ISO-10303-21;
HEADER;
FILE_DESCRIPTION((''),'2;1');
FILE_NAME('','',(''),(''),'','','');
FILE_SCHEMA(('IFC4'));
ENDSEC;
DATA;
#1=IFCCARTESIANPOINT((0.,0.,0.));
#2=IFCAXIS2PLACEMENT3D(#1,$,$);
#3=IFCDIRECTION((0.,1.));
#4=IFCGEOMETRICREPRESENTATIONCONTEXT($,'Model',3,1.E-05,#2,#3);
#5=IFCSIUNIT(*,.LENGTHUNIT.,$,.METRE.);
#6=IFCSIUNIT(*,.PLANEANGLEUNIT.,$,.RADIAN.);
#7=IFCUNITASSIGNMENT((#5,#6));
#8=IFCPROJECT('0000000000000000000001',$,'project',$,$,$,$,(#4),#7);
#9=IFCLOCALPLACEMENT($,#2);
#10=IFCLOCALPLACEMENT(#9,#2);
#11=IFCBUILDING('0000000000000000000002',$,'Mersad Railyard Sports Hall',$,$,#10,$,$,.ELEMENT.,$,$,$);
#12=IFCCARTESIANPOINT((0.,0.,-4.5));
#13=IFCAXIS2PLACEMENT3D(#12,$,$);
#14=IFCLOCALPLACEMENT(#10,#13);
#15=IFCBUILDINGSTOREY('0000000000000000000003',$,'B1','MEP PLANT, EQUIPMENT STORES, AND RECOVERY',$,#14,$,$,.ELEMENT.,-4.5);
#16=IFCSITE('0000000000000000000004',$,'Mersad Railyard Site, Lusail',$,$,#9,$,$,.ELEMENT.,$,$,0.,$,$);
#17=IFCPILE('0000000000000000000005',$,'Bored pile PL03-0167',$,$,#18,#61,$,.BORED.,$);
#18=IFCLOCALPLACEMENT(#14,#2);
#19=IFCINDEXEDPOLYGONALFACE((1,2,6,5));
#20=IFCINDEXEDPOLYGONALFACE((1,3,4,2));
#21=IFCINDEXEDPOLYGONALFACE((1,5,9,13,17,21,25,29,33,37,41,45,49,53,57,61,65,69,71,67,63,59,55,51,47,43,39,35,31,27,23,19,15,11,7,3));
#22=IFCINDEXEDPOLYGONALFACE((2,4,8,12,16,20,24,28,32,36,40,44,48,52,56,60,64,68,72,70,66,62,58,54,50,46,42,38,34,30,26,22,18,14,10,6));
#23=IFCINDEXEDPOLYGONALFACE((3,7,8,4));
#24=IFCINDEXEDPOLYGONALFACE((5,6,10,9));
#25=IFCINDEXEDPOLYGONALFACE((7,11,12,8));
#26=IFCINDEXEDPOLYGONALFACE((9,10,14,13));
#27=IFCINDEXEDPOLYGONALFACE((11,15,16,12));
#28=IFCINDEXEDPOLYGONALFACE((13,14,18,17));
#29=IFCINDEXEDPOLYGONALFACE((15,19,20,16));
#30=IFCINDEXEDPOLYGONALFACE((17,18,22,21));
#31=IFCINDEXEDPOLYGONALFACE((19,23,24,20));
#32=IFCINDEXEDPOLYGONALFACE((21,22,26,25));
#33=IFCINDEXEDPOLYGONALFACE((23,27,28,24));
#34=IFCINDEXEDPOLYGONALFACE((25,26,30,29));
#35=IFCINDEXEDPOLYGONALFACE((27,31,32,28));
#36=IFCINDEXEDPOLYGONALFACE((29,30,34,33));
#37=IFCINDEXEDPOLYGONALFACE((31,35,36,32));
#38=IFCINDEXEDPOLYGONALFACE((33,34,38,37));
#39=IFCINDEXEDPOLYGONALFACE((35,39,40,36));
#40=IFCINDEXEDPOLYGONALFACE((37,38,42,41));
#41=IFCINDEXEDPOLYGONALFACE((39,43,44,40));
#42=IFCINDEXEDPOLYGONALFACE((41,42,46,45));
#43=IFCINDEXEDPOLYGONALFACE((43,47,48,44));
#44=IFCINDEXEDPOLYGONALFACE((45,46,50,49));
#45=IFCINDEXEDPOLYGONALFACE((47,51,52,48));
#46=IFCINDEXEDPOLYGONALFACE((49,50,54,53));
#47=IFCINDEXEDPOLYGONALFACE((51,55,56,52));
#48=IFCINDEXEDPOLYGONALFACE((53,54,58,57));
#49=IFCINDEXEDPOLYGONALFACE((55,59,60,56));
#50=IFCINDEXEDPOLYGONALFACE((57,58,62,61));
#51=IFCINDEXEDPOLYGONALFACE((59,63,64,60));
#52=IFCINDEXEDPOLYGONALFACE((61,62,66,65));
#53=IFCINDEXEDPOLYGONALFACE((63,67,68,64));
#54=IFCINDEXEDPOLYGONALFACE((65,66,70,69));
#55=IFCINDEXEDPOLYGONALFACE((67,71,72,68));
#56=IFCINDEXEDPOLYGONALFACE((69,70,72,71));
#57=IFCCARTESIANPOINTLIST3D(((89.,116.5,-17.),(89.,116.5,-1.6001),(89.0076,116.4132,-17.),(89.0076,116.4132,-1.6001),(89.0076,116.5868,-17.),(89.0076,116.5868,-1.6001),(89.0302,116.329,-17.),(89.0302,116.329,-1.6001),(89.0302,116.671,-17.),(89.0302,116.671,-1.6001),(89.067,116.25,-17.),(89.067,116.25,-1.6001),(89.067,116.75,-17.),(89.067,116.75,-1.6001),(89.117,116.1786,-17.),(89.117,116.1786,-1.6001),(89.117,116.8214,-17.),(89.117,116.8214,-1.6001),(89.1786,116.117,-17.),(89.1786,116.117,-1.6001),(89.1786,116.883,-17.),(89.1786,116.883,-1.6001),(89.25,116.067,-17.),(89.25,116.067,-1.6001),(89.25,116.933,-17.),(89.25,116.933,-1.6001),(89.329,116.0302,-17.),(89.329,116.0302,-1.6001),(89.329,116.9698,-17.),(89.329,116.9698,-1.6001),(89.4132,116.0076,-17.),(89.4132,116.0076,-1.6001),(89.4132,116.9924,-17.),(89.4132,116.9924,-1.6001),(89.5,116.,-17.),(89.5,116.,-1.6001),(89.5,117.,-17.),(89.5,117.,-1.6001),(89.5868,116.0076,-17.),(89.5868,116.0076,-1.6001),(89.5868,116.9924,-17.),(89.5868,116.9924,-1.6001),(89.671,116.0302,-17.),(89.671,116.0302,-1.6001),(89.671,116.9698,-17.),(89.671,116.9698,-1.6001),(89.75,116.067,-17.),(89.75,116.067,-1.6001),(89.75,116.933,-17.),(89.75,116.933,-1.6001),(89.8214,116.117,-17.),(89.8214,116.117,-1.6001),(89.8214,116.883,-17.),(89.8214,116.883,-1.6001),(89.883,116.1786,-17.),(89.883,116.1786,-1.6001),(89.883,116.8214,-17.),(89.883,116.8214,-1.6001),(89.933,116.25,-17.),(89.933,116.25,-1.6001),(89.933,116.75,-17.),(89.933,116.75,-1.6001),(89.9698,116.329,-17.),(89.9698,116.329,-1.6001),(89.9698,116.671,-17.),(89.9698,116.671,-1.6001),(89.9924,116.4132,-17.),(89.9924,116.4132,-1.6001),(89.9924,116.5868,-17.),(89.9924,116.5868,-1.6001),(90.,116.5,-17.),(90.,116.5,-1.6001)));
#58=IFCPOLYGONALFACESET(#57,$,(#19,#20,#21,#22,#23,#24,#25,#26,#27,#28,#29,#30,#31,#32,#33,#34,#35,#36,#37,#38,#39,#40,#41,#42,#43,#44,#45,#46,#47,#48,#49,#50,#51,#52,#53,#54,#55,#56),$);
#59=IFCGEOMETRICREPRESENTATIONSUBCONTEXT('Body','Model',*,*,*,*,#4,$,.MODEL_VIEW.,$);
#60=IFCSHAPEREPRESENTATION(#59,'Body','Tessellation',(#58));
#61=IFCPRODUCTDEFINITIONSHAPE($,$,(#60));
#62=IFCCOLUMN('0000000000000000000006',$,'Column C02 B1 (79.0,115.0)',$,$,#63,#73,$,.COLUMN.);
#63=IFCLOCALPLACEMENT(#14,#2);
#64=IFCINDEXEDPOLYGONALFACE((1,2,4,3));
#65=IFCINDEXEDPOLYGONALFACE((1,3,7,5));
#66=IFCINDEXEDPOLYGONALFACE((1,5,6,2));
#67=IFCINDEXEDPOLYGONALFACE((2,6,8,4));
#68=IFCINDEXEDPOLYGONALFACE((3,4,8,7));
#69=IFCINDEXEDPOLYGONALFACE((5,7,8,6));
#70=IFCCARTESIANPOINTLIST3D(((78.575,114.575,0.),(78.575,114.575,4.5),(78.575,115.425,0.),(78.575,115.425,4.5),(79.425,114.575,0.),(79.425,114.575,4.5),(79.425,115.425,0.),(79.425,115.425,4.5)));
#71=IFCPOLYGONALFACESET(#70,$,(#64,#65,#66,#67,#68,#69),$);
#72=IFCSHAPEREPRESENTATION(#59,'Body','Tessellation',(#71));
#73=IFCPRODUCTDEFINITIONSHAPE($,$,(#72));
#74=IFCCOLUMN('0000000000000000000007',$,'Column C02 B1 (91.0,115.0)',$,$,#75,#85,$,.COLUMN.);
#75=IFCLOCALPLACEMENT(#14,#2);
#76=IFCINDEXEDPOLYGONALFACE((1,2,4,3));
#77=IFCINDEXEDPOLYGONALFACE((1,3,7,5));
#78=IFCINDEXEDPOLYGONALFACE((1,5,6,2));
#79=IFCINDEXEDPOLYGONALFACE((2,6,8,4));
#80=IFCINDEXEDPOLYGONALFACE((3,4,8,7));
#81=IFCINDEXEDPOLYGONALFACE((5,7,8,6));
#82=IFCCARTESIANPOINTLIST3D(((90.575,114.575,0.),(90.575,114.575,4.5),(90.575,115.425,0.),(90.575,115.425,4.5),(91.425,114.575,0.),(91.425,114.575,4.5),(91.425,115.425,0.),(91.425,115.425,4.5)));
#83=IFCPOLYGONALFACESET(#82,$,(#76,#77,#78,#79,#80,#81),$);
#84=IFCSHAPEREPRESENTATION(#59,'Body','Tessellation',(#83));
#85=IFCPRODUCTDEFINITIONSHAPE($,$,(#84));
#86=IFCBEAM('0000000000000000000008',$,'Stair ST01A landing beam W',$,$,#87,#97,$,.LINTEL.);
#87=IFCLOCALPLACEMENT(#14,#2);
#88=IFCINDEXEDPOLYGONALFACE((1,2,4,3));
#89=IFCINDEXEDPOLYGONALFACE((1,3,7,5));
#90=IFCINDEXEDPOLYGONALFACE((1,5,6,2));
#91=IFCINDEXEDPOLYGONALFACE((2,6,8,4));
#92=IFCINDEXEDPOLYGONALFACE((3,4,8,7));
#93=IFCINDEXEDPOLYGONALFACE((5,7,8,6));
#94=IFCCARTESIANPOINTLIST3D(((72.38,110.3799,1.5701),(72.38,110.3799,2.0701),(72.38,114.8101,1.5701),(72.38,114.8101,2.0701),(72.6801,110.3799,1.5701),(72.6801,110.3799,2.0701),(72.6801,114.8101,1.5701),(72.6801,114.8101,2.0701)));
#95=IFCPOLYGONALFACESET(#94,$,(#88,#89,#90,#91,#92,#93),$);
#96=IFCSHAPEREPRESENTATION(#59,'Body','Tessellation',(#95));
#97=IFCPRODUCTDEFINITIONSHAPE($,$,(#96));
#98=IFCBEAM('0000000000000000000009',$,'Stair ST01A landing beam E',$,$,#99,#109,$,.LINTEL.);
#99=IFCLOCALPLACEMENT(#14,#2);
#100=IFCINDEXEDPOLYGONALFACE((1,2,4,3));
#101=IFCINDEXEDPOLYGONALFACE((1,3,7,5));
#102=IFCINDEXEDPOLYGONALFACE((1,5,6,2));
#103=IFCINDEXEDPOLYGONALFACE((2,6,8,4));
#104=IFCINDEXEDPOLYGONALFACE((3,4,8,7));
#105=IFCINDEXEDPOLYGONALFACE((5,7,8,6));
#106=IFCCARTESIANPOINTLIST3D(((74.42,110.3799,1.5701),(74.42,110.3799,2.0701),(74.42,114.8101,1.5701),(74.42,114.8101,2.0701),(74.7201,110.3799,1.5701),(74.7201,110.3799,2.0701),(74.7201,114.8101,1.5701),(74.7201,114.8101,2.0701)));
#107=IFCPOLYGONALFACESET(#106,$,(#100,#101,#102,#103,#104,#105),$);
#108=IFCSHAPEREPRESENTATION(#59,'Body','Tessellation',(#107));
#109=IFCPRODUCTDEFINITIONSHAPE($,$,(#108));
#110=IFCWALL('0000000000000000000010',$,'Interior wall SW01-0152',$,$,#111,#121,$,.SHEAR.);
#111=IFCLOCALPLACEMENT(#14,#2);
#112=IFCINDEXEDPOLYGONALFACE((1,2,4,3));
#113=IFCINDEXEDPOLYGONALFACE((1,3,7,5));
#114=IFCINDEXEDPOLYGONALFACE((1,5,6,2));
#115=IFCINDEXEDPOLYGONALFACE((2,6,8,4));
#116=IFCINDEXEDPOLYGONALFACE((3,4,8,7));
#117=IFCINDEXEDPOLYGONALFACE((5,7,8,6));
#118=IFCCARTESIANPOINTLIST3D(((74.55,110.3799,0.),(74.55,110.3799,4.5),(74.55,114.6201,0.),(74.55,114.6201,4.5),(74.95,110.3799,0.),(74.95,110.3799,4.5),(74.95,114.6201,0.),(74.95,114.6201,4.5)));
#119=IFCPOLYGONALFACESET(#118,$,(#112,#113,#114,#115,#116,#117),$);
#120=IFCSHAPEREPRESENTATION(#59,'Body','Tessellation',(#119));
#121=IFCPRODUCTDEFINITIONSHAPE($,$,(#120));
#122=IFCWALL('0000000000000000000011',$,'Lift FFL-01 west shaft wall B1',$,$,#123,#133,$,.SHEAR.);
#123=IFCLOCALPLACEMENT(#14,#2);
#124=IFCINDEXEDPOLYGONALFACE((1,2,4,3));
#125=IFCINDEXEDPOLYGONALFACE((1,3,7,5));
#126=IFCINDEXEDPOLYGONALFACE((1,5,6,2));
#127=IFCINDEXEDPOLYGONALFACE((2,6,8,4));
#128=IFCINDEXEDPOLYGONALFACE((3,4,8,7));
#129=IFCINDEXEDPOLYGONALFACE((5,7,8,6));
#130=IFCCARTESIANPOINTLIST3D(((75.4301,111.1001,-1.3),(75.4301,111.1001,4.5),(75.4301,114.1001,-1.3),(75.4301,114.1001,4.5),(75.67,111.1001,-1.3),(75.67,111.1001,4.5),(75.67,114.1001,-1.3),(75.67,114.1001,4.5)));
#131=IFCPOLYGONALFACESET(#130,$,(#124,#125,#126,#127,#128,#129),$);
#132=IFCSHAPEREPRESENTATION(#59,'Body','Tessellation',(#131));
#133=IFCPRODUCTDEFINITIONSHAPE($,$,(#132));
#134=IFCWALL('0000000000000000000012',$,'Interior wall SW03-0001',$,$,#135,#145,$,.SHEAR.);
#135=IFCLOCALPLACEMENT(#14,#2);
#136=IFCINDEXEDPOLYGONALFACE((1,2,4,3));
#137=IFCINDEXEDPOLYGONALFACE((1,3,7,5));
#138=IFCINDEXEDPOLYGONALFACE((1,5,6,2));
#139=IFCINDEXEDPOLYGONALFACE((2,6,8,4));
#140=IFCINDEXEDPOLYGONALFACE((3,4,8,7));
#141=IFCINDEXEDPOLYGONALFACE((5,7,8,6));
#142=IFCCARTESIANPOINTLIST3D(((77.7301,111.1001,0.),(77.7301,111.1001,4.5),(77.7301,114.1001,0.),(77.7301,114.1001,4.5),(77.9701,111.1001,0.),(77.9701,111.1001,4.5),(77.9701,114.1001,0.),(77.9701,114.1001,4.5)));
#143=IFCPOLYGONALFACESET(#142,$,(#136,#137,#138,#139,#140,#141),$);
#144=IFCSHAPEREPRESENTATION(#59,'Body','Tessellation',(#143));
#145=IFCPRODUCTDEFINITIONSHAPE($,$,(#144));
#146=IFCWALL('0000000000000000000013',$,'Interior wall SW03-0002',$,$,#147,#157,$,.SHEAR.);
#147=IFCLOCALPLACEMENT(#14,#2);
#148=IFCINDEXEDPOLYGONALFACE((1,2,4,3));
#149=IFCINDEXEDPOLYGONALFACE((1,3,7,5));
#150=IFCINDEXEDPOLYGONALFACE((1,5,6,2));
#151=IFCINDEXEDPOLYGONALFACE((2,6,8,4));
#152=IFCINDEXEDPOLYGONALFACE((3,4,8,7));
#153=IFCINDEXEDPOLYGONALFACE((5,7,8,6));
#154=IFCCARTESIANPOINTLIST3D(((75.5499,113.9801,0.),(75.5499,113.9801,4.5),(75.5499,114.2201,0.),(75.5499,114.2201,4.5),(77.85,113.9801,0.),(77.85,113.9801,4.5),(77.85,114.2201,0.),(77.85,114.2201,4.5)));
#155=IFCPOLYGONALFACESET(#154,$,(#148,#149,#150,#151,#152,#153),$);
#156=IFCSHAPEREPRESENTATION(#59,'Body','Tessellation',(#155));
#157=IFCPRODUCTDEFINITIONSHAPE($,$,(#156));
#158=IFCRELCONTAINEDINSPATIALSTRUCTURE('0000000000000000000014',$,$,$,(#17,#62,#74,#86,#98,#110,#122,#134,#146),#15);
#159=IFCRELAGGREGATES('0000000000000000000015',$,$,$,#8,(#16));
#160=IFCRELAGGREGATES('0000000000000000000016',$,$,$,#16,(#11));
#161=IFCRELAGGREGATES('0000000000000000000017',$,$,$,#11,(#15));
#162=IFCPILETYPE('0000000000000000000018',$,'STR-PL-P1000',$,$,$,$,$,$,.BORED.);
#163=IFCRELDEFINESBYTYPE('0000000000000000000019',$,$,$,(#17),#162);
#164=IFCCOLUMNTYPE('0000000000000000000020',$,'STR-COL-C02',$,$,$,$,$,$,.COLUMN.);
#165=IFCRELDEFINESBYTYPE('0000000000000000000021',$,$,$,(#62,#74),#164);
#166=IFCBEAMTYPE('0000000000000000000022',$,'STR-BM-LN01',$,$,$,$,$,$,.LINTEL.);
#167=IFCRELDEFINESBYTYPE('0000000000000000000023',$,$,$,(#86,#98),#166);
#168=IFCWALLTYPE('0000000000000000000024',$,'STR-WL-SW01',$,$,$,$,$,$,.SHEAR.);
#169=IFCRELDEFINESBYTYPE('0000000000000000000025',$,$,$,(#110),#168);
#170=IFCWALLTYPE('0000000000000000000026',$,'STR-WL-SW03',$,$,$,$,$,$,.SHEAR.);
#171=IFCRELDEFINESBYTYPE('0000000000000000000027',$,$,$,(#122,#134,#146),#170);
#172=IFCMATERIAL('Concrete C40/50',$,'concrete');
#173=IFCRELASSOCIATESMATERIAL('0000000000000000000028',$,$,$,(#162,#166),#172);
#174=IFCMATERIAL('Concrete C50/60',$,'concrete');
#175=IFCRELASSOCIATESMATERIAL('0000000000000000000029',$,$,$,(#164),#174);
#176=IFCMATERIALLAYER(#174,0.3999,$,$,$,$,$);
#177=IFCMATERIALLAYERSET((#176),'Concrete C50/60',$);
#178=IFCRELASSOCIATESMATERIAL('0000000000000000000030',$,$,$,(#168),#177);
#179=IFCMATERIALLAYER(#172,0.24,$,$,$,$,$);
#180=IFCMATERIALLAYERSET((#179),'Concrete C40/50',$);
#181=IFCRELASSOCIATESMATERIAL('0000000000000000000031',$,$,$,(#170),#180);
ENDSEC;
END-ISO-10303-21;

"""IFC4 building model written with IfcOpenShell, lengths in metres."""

from ifc_helpers import new_model, si_unit, direction, frame, frame_2d, origin, origin_2d, place, context, subcontext, project, spatial, rectangle, circle, extrude, material, layer, layer_set, material_profile, profile_set, type_object, element, save


model = new_model("IFC4")

# Units and contexts
model_context = context("Model", 3, precision=1e-05, world=origin(), true_north=direction((0.0, 1.0)))
body_context = subcontext(model_context, "Body", "Model", "MODEL_VIEW")
ifc_project = project(units=[si_unit("LENGTHUNIT", "METRE"), si_unit("PLANEANGLEUNIT", "RADIAN")], contexts=[model_context])

# Site, building, storey
site_placement = place(None, origin())
site = spatial("IfcSite", under=ifc_project, at=site_placement, Name="Mersad Railyard Site, Lusail", CompositionType="ELEMENT", RefElevation=0.0)
building_placement = place(site_placement, origin())
building = spatial("IfcBuilding", under=site, at=building_placement, Name="Mersad Railyard Sports Hall", CompositionType="ELEMENT")
storey_placement = place(building_placement, frame((0.0, 0.0, -4.5)))
storey = spatial("IfcBuildingStorey", under=building, at=storey_placement, Name="B1", Description="MEP PLANT, EQUIPMENT STORES, AND RECOVERY", CompositionType="ELEMENT", Elevation=-4.5)

# Shared definitions
ifc_material_1 = material(Name="Concrete C40/50", Category="concrete")

# Pile
ifc_material_profile_1 = material_profile(ifc_material_1, circle(Radius=0.5, at=origin_2d()), Name="BORED PILE D1000")
ifc_profile_set_1 = profile_set([ifc_material_profile_1], Name="Concrete C40/50")
pile_type = type_object("IfcPileType", Name="STR-PL-P1000", PredefinedType="BORED", material=ifc_profile_set_1)
for number, where, z_axis, x_axis, name in (
    (1, (89.5, 116.5, -1.6001), (0.0, 0.0, -1.0), (1.0, 0.0, 0.0), "Bored pile PL03-0167"),
):
    element("IfcPile", number, at=place(storey_placement, frame(where, z_axis=z_axis, x_axis=x_axis)), inside=storey, type_object=pile_type, Name=name, PredefinedType="BORED", context=body_context, shape_type="SweptSolid", body=[
        extrude(circle(Radius=0.5, at=origin_2d()), origin(), (0.0, 0.0, 1.0), 15.3999),
    ])

# Columns
ifc_material_2 = material(Name="Concrete C50/60", Category="concrete")
ifc_material_profile_2 = material_profile(ifc_material_2, rectangle(XDim=0.8501, YDim=0.8501, at=origin_2d()), Name="RC 850x850")
ifc_profile_set_2 = profile_set([ifc_material_profile_2], Name="Concrete C50/60")
column_type = type_object("IfcColumnType", Name="STR-COL-C02", PredefinedType="COLUMN", material=ifc_profile_set_2)
for number, where, z_axis, x_axis, name in (
    (2, (79.0, 115.0, 0.0), (0.0, 0.0, 1.0), (1.0, 0.0, 0.0), "Column C02 B1 (79.0,115.0)"),
    (3, (91.0, 115.0, 0.0), (0.0, 0.0, 1.0), (1.0, 0.0, 0.0), "Column C02 B1 (91.0,115.0)"),
):
    element("IfcColumn", number, at=place(storey_placement, frame(where, z_axis=z_axis, x_axis=x_axis)), inside=storey, type_object=column_type, Name=name, PredefinedType="COLUMN", context=body_context, shape_type="SweptSolid", body=[
        extrude(rectangle(XDim=0.8501, YDim=0.8501, at=origin_2d()), origin(), (0.0, 0.0, 1.0), 4.5),
    ])

# Beams
ifc_material_profile_3 = material_profile(ifc_material_1, rectangle(XDim=0.3, YDim=0.5, at=origin_2d()), Name="RC 300x500")
ifc_profile_set_3 = profile_set([ifc_material_profile_3], Name="Concrete C40/50")
beam_type = type_object("IfcBeamType", Name="STR-BM-LN01", PredefinedType="LINTEL", material=ifc_profile_set_3)
for number, where, z_axis, x_axis, name in (
    (4, (72.53, 110.3799, 1.8201), (0.0, 1.0, 0.0), (-1.0, 0.0, 0.0), "Stair ST01A landing beam W"),
    (5, (74.5701, 110.3799, 1.8201), (0.0, 1.0, 0.0), (-1.0, 0.0, 0.0), "Stair ST01A landing beam E"),
):
    element("IfcBeam", number, at=place(storey_placement, frame(where, z_axis=z_axis, x_axis=x_axis)), inside=storey, type_object=beam_type, Name=name, PredefinedType="LINTEL", context=body_context, shape_type="SweptSolid", body=[
        extrude(rectangle(XDim=0.3, YDim=0.5, at=origin_2d()), origin(), (0.0, 0.0, 1.0), 4.4302),
    ])

# Walls
ifc_layer_1 = layer(ifc_material_2, 0.3999)
ifc_layer_set_1 = layer_set([ifc_layer_1], Name="Concrete C50/60")
wall_type_1 = type_object("IfcWallType", Name="STR-WL-SW01", PredefinedType="SHEAR", material=ifc_layer_set_1)
wall_1_placement = place(storey_placement, frame((74.75, 110.3799, 0.0), z_axis=(0.0, 0.0, 1.0), x_axis=(0.0, 1.0, 0.0)))
element("IfcWall", 6, at=wall_1_placement, inside=storey, type_object=wall_type_1, Name="Interior wall SW01-0152", PredefinedType="SHEAR", context=body_context, shape_type="SweptSolid", body=[
    extrude(rectangle(XDim=4.2402, YDim=0.3999, at=frame_2d((2.1201, 0.0))), origin(), (0.0, 0.0, 1.0), 4.5),
])
ifc_layer_2 = layer(ifc_material_1, 0.24)
ifc_layer_set_2 = layer_set([ifc_layer_2], Name="Concrete C40/50")
wall_type_2 = type_object("IfcWallType", Name="STR-WL-SW03", PredefinedType="SHEAR", material=ifc_layer_set_2)
wall_2_placement = place(storey_placement, frame((75.55, 111.1001, -1.3), z_axis=(0.0, 0.0, 1.0), x_axis=(0.0, 1.0, 0.0)))
element("IfcWall", 7, at=wall_2_placement, inside=storey, type_object=wall_type_2, Name="Lift FFL-01 west shaft wall B1", PredefinedType="SHEAR", context=body_context, shape_type="SweptSolid", body=[
    extrude(rectangle(XDim=3.0, YDim=0.24, at=frame_2d((1.5, 0.0))), origin(), (0.0, 0.0, 1.0), 5.8),
])
wall_3_placement = place(storey_placement, frame((77.8501, 114.1001, 0.0), z_axis=(0.0, 0.0, 1.0), x_axis=(0.0, -1.0, 0.0)))
element("IfcWall", 8, at=wall_3_placement, inside=storey, type_object=wall_type_2, Name="Interior wall SW03-0001", PredefinedType="SHEAR", context=body_context, shape_type="SweptSolid", body=[
    extrude(rectangle(XDim=3.0, YDim=0.24, at=frame_2d((1.5, 0.0))), origin(), (0.0, 0.0, 1.0), 4.5),
])
wall_4_placement = place(storey_placement, frame((75.55, 114.1001, 0.0), z_axis=(0.0, 0.0, 1.0), x_axis=(1.0, 0.0, 0.0)))
element("IfcWall", 9, at=wall_4_placement, inside=storey, type_object=wall_type_2, Name="Interior wall SW03-0002", PredefinedType="SHEAR", context=body_context, shape_type="SweptSolid", body=[
    extrude(rectangle(XDim=2.3, YDim=0.24, at=frame_2d((1.1499, 0.0))), origin(), (0.0, 0.0, 1.0), 4.5),
])

save(model, "model.ifc")
